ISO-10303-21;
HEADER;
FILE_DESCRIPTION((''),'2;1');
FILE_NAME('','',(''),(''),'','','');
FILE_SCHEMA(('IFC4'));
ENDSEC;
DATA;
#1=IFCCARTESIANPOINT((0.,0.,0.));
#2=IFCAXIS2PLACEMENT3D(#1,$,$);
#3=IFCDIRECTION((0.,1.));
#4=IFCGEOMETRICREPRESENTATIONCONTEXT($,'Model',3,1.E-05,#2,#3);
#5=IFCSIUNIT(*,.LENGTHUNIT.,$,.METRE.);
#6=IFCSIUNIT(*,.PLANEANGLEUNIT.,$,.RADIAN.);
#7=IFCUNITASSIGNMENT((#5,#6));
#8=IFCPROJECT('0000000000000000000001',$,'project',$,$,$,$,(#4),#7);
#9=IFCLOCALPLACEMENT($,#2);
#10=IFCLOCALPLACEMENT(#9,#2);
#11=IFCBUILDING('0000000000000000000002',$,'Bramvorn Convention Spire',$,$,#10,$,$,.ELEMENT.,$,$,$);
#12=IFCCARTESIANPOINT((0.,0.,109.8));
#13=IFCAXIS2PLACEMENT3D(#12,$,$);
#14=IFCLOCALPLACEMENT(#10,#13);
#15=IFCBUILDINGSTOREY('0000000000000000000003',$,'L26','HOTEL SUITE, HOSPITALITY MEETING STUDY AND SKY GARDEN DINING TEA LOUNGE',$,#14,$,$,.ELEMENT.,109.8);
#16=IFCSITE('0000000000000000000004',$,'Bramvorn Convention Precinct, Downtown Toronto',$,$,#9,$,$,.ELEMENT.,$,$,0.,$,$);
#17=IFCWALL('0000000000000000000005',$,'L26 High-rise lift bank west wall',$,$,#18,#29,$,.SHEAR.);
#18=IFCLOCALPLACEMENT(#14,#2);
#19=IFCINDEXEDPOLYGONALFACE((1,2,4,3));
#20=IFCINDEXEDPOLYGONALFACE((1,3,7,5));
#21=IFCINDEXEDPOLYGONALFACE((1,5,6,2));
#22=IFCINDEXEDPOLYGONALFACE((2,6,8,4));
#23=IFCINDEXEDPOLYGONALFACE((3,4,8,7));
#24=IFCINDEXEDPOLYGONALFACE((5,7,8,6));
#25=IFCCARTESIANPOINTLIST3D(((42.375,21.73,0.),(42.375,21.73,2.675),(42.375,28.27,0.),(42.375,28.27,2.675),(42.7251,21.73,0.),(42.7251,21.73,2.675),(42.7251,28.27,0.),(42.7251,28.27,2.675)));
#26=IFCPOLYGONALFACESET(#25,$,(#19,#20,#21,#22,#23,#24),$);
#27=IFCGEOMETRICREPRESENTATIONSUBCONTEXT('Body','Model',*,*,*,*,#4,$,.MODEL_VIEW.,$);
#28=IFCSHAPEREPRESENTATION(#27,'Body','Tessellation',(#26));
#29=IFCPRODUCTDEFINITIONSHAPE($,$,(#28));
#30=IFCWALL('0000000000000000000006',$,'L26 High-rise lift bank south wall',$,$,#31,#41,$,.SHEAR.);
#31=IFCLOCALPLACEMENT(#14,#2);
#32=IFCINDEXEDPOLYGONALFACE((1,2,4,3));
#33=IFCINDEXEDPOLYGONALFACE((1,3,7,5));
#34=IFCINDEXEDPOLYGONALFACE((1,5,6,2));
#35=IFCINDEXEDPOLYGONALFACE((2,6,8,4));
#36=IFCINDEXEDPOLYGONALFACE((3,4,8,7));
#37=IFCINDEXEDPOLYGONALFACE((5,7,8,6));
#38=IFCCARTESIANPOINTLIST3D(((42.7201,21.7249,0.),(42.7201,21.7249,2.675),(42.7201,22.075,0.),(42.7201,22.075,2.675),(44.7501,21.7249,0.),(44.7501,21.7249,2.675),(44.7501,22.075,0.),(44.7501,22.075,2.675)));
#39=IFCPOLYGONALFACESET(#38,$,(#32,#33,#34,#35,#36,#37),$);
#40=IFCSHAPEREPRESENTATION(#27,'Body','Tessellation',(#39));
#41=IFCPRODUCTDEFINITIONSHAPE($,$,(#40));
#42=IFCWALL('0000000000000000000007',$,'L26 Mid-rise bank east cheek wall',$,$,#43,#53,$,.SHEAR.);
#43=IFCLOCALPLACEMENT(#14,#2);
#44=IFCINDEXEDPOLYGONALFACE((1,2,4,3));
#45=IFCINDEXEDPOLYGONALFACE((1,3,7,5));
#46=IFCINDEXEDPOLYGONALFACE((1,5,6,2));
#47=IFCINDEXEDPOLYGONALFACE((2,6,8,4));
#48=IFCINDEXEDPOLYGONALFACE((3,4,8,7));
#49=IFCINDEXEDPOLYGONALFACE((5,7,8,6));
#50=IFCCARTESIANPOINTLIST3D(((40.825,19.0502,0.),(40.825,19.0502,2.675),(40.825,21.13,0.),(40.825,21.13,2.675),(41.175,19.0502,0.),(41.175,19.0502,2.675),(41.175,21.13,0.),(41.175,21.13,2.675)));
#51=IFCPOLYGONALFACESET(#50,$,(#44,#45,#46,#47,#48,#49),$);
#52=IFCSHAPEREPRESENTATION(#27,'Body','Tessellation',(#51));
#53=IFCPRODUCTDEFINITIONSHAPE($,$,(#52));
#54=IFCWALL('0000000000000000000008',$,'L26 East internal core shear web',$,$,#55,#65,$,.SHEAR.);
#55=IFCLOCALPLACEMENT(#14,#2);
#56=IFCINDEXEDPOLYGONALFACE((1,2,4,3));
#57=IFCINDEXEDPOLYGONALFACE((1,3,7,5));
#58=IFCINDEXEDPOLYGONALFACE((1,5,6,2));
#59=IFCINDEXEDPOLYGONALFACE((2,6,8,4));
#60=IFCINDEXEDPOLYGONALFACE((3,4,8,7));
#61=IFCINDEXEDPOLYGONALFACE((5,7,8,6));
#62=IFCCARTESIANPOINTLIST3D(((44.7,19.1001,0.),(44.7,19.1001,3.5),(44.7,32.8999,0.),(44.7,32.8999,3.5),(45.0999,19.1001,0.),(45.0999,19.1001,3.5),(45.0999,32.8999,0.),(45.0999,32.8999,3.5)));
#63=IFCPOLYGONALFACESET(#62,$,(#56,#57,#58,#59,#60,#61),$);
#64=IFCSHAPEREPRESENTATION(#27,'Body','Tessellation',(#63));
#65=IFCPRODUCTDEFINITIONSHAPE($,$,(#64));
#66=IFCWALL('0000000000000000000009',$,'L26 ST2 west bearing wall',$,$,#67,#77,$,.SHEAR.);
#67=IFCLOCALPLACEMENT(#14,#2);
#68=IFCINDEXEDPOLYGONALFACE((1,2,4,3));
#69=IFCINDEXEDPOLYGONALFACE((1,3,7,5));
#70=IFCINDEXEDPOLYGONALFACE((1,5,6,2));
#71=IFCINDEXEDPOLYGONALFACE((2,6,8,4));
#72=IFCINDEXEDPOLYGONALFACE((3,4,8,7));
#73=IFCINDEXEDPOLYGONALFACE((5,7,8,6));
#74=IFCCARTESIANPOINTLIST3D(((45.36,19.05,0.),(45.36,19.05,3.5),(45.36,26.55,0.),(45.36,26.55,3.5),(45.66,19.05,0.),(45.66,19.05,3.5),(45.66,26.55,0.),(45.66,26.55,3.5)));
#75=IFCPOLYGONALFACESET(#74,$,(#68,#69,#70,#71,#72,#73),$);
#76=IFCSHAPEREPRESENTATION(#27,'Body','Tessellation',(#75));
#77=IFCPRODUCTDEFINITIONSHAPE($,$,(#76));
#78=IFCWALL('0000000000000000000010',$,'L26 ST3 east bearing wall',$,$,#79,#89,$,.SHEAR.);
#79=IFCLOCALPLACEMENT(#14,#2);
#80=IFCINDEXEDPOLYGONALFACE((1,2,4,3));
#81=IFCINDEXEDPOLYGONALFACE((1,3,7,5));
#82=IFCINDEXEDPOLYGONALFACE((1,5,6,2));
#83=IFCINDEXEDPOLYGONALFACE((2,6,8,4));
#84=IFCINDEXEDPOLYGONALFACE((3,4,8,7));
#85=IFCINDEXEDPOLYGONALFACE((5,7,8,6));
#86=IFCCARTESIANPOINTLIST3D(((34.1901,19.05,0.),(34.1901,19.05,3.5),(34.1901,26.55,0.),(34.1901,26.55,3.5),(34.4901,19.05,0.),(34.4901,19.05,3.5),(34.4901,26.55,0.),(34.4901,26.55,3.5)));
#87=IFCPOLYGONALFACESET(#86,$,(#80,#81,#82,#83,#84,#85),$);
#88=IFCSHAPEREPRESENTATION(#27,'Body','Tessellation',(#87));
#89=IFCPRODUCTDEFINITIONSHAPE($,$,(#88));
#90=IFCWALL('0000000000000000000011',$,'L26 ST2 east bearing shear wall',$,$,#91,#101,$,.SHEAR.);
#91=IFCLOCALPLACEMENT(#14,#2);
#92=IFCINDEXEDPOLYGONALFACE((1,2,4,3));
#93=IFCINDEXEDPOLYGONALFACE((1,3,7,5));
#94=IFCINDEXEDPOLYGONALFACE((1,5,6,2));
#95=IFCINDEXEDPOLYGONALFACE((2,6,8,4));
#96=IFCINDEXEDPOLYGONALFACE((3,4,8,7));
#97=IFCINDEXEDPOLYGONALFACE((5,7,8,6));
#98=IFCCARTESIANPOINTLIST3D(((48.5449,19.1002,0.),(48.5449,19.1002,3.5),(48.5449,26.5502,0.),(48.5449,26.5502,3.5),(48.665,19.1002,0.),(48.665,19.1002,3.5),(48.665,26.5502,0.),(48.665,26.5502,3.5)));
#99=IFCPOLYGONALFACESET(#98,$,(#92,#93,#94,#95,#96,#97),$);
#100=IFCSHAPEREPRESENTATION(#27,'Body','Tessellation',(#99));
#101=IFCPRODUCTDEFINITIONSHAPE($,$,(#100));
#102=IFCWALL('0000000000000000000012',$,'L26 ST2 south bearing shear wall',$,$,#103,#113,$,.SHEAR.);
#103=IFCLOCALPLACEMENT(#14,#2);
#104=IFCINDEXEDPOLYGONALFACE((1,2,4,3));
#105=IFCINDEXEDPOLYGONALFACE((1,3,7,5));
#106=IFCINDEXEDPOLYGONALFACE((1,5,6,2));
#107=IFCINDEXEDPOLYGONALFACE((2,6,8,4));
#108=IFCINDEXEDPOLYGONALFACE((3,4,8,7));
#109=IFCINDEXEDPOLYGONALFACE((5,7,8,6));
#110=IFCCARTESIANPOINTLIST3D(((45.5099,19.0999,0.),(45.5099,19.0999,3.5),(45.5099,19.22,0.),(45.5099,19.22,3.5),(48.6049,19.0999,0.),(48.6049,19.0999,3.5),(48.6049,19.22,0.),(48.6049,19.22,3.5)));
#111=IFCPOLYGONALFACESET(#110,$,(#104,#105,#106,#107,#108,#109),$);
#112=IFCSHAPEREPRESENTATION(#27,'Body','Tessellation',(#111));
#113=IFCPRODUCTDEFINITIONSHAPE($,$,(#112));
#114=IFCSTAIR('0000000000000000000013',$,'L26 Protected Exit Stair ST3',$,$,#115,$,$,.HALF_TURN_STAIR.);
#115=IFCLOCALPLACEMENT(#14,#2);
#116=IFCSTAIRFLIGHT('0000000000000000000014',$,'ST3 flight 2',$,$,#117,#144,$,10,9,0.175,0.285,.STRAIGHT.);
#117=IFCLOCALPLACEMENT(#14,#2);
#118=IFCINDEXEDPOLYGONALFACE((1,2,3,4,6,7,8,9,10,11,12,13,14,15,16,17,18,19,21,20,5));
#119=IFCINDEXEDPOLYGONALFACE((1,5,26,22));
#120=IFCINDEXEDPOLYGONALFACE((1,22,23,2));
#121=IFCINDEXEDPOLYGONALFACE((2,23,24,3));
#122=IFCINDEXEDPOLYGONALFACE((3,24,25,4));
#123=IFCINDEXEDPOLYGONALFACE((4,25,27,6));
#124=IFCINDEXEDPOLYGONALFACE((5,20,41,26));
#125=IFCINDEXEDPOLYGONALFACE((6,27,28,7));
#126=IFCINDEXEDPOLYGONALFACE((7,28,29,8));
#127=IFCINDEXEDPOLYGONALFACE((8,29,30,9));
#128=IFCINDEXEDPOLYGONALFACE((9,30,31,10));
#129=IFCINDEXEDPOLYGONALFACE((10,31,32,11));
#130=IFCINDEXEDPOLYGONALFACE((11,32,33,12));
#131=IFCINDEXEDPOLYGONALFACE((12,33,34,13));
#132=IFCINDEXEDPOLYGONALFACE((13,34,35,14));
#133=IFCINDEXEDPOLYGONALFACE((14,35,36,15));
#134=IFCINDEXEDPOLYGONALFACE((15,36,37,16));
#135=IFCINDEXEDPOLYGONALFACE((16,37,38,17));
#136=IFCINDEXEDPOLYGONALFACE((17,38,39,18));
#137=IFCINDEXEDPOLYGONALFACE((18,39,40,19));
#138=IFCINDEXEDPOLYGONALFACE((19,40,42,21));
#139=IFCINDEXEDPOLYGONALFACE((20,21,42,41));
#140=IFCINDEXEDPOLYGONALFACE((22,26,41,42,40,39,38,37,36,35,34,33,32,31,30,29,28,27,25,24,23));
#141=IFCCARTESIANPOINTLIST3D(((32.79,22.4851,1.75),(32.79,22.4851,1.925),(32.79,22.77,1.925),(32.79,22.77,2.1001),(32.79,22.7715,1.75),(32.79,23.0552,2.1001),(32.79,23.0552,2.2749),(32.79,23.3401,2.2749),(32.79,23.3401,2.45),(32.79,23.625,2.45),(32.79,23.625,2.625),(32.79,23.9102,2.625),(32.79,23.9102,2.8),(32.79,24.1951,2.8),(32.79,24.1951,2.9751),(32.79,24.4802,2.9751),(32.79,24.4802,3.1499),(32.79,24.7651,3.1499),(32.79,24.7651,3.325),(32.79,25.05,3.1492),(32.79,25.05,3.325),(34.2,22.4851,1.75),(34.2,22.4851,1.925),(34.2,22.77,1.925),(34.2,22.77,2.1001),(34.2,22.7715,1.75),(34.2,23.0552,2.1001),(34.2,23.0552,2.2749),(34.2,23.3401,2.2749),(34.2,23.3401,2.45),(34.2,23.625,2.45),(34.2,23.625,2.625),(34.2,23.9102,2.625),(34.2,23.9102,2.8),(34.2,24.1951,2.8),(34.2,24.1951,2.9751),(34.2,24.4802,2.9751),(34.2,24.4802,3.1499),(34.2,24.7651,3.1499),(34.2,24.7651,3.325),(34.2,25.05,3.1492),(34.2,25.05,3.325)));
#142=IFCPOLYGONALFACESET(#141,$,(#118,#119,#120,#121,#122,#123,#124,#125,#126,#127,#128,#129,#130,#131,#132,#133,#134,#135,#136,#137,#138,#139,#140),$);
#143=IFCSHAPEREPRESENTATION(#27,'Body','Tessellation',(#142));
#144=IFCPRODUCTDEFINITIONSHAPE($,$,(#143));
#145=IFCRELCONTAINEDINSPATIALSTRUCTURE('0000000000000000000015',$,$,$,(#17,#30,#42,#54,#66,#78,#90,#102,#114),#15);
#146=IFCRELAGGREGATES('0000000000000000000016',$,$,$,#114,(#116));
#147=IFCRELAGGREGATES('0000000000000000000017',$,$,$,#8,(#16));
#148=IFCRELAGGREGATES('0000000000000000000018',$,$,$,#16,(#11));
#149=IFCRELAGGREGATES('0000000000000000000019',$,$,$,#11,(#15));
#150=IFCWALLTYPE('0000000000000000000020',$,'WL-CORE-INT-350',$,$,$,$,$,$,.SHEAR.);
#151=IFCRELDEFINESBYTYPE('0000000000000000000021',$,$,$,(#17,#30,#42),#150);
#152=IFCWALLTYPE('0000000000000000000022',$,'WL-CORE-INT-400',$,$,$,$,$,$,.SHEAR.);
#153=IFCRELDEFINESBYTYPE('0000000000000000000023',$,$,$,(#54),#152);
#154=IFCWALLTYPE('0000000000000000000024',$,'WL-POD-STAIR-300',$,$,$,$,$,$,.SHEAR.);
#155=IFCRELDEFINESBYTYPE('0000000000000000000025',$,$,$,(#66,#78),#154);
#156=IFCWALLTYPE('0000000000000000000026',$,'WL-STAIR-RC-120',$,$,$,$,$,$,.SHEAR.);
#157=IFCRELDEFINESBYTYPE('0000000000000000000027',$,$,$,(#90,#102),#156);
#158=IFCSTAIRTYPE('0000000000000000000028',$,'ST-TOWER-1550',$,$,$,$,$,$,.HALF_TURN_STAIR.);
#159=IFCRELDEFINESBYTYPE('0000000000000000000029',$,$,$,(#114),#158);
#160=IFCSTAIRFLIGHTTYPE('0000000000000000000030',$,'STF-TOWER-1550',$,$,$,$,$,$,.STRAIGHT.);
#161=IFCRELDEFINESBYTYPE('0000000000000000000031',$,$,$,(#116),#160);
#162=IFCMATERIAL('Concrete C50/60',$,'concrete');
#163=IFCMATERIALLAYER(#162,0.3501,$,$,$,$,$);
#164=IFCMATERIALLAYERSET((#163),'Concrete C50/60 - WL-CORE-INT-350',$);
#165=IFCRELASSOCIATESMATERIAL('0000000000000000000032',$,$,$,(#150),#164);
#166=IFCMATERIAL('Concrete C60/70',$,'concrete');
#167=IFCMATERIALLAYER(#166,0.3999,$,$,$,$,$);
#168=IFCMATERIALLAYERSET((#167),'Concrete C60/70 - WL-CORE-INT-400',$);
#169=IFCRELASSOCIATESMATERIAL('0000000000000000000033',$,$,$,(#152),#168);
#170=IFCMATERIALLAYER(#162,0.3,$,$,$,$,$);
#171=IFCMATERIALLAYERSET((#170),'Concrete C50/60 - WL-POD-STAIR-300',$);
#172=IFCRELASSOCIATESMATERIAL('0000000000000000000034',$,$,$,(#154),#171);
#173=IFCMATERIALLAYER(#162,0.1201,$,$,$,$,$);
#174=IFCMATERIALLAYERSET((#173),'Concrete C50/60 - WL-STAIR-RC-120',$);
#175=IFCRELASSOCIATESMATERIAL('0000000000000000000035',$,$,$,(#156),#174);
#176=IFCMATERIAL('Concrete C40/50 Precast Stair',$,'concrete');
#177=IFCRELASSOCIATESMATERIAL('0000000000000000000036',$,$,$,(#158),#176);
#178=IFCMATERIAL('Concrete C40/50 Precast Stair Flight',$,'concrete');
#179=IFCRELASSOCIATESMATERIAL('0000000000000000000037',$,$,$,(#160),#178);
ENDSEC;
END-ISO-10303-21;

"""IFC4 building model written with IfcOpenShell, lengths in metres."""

from ifc_helpers import new_model, si_unit, direction, frame, frame_2d, origin, place, context, subcontext, project, spatial, polyline, rectangle, outline, extrude, material, layer, layer_set, type_object, element, aggregate, save


model = new_model("IFC4")

# Units and contexts
model_context = context("Model", 3, precision=1e-05, world=origin(), true_north=direction((0.0, 1.0)))
body_context = subcontext(model_context, "Body", "Model", "MODEL_VIEW")
ifc_project = project(units=[si_unit("LENGTHUNIT", "METRE"), si_unit("PLANEANGLEUNIT", "RADIAN")], contexts=[model_context])

# Site, building, storey
site_placement = place(None, origin())
site = spatial("IfcSite", under=ifc_project, at=site_placement, Name="Bramvorn Convention Precinct, Downtown Toronto", CompositionType="ELEMENT", RefElevation=0.0)
building_placement = place(site_placement, origin())
building = spatial("IfcBuilding", under=site, at=building_placement, Name="Bramvorn Convention Spire", CompositionType="ELEMENT")
storey_placement = place(building_placement, frame((0.0, 0.0, 109.8)))
storey = spatial("IfcBuildingStorey", under=building, at=storey_placement, Name="L26", Description="HOTEL SUITE, HOSPITALITY MEETING STUDY AND SKY GARDEN DINING TEA LOUNGE", CompositionType="ELEMENT", Elevation=109.8)

# Walls
ifc_material_1 = material(Name="Concrete C50/60", Category="concrete")
ifc_layer_1 = layer(ifc_material_1, 0.3501)
ifc_layer_set_1 = layer_set([ifc_layer_1], Name="Concrete C50/60 - WL-CORE-INT-350")
wall_type_1 = type_object("IfcWallType", Name="WL-CORE-INT-350", PredefinedType="SHEAR", material=ifc_layer_set_1)
wall_1_placement = place(storey_placement, frame((42.55, 21.73, 0.0), z_axis=(0.0, 0.0, 1.0), x_axis=(0.0, 1.0, 0.0)))
element("IfcWall", 1, at=wall_1_placement, inside=storey, type_object=wall_type_1, Name="L26 High-rise lift bank west wall", PredefinedType="SHEAR", context=body_context, shape_type="SweptSolid", body=[
    extrude(rectangle(XDim=6.54, YDim=0.3501, at=frame_2d((3.27, 0.0))), origin(), (0.0, 0.0, 1.0), 2.675),
])
wall_2_placement = place(storey_placement, frame((42.72, 21.8999, 0.0), z_axis=(0.0, 0.0, 1.0), x_axis=(1.0, 0.0, 0.0)))
element("IfcWall", 2, at=wall_2_placement, inside=storey, type_object=wall_type_1, Name="L26 High-rise lift bank south wall", PredefinedType="SHEAR", context=body_context, shape_type="SweptSolid", body=[
    extrude(rectangle(XDim=2.03, YDim=0.3501, at=frame_2d((1.0151, 0.0))), origin(), (0.0, 0.0, 1.0), 2.675),
])

# Walls
wall_3_placement = place(storey_placement, frame((41.0, 19.05, 0.0), z_axis=(0.0, 0.0, 1.0), x_axis=(0.0, 1.0, 0.0)))
element("IfcWall", 3, at=wall_3_placement, inside=storey, type_object=wall_type_1, Name="L26 Mid-rise bank east cheek wall", PredefinedType="SHEAR", context=body_context, shape_type="SweptSolid", body=[
    extrude(rectangle(XDim=2.0798, YDim=0.3501, at=frame_2d((1.04, 0.0))), origin(), (0.0, 0.0, 1.0), 2.675),
])
ifc_material_2 = material(Name="Concrete C60/70", Category="concrete")
ifc_layer_2 = layer(ifc_material_2, 0.3999)
ifc_layer_set_2 = layer_set([ifc_layer_2], Name="Concrete C60/70 - WL-CORE-INT-400")
wall_type_2 = type_object("IfcWallType", Name="WL-CORE-INT-400", PredefinedType="SHEAR", material=ifc_layer_set_2)
wall_4_placement = place(storey_placement, frame((44.8999, 19.1001, 0.0), z_axis=(0.0, 0.0, 1.0), x_axis=(0.0, 1.0, 0.0)))
element("IfcWall", 4, at=wall_4_placement, inside=storey, type_object=wall_type_2, Name="L26 East internal core shear web", PredefinedType="SHEAR", context=body_context, shape_type="SweptSolid", body=[
    extrude(rectangle(XDim=13.7998, YDim=0.3999, at=frame_2d((6.8999, 0.0))), origin(), (0.0, 0.0, 1.0), 3.5),
])
ifc_layer_3 = layer(ifc_material_1, 0.3)
ifc_layer_set_3 = layer_set([ifc_layer_3], Name="Concrete C50/60 - WL-POD-STAIR-300")
wall_type_3 = type_object("IfcWallType", Name="WL-POD-STAIR-300", PredefinedType="SHEAR", material=ifc_layer_set_3)
for number, where, z_axis, x_axis, name in (
    (5, (45.51, 19.05, 0.0), (0.0, 0.0, 1.0), (0.0, 1.0, 0.0), "L26 ST2 west bearing wall"),
    (6, (34.3401, 19.05, 0.0), (0.0, 0.0, 1.0), (0.0, 1.0, 0.0), "L26 ST3 east bearing wall"),
):
    element("IfcWall", number, at=place(storey_placement, frame(where, z_axis=z_axis, x_axis=x_axis)), inside=storey, type_object=wall_type_3, Name=name, PredefinedType="SHEAR", context=body_context, shape_type="SweptSolid", body=[
        extrude(rectangle(XDim=7.5, YDim=0.3, at=frame_2d((3.75, 0.0))), origin(), (0.0, 0.0, 1.0), 3.5),
    ])
ifc_layer_4 = layer(ifc_material_1, 0.1201)
ifc_layer_set_4 = layer_set([ifc_layer_4], Name="Concrete C50/60 - WL-STAIR-RC-120")
wall_type_4 = type_object("IfcWallType", Name="WL-STAIR-RC-120", PredefinedType="SHEAR", material=ifc_layer_set_4)
wall_5_placement = place(storey_placement, frame((48.605, 19.1001, 0.0), z_axis=(0.0, 0.0, 1.0), x_axis=(0.0, 1.0, 0.0)))
element("IfcWall", 7, at=wall_5_placement, inside=storey, type_object=wall_type_4, Name="L26 ST2 east bearing shear wall", PredefinedType="SHEAR", context=body_context, shape_type="SweptSolid", body=[
    extrude(rectangle(XDim=7.45, YDim=0.1201, at=frame_2d((3.7251, 0.0))), origin(), (0.0, 0.0, 1.0), 3.5),
])
wall_6_placement = place(storey_placement, frame((45.51, 19.1599, 0.0), z_axis=(0.0, 0.0, 1.0), x_axis=(1.0, 0.0, 0.0)))
element("IfcWall", 8, at=wall_6_placement, inside=storey, type_object=wall_type_4, Name="L26 ST2 south bearing shear wall", PredefinedType="SHEAR", context=body_context, shape_type="SweptSolid", body=[
    extrude(rectangle(XDim=3.095, YDim=0.1201, at=frame_2d((1.5474, 0.0))), origin(), (0.0, 0.0, 1.0), 3.5),
])

# Stair, stair flight
ifc_material_3 = material(Name="Concrete C40/50 Precast Stair", Category="concrete")
stair_type = type_object("IfcStairType", Name="ST-TOWER-1550", PredefinedType="HALF_TURN_STAIR", material=ifc_material_3)
stair_placement = place(storey_placement, origin())
stair = element("IfcStair", 9, at=stair_placement, inside=storey, type_object=stair_type, Name="L26 Protected Exit Stair ST3", PredefinedType="HALF_TURN_STAIR")
ifc_material_4 = material(Name="Concrete C40/50 Precast Stair Flight", Category="concrete")
stair_flight_type = type_object("IfcStairFlightType", Name="STF-TOWER-1550", PredefinedType="STRAIGHT", material=ifc_material_4)
stair_flight_placement = place(storey_placement, frame((33.4951, 22.4851, 1.75), z_axis=(0.0, 0.0, 1.0), x_axis=(0.0, 1.0, 0.0)))
stair_flight = element("IfcStairFlight", 10, at=stair_flight_placement, type_object=stair_flight_type, Name="ST3 flight 2", NumberOfRisers=10, NumberOfTreads=9, PredefinedType="STRAIGHT", RiserHeight=0.175, TreadLength=0.285, context=body_context, shape_type="SweptSolid", body=[
    extrude(outline(polyline([(0.0, 0.0), (0.0, 0.175), (0.2849, 0.175), (0.2849, 0.3501), (0.5701, 0.3501), (0.5701, 0.5249), (0.855, 0.5249), (0.855, 0.7), (1.1399, 0.7), (1.1399, 0.875), (1.425, 0.875), (1.425, 1.05), (1.71, 1.05), (1.71, 1.2251), (1.9951, 1.2251), (1.9951, 1.3999), (2.28, 1.3999), (2.28, 1.575), (2.5649, 1.575), (2.5649, 1.75), (2.5649, 1.3992), (0.2864, 0.0), (0.0, 0.0)])), frame((0.0, 0.7051, 0.0), z_axis=(0.0, -1.0, 0.0), x_axis=(1.0, 0.0, 0.0)), (0.0, 0.0, 1.0), 1.4099),
])
aggregate(stair, [stair_flight])

save(model, "model.ifc")
